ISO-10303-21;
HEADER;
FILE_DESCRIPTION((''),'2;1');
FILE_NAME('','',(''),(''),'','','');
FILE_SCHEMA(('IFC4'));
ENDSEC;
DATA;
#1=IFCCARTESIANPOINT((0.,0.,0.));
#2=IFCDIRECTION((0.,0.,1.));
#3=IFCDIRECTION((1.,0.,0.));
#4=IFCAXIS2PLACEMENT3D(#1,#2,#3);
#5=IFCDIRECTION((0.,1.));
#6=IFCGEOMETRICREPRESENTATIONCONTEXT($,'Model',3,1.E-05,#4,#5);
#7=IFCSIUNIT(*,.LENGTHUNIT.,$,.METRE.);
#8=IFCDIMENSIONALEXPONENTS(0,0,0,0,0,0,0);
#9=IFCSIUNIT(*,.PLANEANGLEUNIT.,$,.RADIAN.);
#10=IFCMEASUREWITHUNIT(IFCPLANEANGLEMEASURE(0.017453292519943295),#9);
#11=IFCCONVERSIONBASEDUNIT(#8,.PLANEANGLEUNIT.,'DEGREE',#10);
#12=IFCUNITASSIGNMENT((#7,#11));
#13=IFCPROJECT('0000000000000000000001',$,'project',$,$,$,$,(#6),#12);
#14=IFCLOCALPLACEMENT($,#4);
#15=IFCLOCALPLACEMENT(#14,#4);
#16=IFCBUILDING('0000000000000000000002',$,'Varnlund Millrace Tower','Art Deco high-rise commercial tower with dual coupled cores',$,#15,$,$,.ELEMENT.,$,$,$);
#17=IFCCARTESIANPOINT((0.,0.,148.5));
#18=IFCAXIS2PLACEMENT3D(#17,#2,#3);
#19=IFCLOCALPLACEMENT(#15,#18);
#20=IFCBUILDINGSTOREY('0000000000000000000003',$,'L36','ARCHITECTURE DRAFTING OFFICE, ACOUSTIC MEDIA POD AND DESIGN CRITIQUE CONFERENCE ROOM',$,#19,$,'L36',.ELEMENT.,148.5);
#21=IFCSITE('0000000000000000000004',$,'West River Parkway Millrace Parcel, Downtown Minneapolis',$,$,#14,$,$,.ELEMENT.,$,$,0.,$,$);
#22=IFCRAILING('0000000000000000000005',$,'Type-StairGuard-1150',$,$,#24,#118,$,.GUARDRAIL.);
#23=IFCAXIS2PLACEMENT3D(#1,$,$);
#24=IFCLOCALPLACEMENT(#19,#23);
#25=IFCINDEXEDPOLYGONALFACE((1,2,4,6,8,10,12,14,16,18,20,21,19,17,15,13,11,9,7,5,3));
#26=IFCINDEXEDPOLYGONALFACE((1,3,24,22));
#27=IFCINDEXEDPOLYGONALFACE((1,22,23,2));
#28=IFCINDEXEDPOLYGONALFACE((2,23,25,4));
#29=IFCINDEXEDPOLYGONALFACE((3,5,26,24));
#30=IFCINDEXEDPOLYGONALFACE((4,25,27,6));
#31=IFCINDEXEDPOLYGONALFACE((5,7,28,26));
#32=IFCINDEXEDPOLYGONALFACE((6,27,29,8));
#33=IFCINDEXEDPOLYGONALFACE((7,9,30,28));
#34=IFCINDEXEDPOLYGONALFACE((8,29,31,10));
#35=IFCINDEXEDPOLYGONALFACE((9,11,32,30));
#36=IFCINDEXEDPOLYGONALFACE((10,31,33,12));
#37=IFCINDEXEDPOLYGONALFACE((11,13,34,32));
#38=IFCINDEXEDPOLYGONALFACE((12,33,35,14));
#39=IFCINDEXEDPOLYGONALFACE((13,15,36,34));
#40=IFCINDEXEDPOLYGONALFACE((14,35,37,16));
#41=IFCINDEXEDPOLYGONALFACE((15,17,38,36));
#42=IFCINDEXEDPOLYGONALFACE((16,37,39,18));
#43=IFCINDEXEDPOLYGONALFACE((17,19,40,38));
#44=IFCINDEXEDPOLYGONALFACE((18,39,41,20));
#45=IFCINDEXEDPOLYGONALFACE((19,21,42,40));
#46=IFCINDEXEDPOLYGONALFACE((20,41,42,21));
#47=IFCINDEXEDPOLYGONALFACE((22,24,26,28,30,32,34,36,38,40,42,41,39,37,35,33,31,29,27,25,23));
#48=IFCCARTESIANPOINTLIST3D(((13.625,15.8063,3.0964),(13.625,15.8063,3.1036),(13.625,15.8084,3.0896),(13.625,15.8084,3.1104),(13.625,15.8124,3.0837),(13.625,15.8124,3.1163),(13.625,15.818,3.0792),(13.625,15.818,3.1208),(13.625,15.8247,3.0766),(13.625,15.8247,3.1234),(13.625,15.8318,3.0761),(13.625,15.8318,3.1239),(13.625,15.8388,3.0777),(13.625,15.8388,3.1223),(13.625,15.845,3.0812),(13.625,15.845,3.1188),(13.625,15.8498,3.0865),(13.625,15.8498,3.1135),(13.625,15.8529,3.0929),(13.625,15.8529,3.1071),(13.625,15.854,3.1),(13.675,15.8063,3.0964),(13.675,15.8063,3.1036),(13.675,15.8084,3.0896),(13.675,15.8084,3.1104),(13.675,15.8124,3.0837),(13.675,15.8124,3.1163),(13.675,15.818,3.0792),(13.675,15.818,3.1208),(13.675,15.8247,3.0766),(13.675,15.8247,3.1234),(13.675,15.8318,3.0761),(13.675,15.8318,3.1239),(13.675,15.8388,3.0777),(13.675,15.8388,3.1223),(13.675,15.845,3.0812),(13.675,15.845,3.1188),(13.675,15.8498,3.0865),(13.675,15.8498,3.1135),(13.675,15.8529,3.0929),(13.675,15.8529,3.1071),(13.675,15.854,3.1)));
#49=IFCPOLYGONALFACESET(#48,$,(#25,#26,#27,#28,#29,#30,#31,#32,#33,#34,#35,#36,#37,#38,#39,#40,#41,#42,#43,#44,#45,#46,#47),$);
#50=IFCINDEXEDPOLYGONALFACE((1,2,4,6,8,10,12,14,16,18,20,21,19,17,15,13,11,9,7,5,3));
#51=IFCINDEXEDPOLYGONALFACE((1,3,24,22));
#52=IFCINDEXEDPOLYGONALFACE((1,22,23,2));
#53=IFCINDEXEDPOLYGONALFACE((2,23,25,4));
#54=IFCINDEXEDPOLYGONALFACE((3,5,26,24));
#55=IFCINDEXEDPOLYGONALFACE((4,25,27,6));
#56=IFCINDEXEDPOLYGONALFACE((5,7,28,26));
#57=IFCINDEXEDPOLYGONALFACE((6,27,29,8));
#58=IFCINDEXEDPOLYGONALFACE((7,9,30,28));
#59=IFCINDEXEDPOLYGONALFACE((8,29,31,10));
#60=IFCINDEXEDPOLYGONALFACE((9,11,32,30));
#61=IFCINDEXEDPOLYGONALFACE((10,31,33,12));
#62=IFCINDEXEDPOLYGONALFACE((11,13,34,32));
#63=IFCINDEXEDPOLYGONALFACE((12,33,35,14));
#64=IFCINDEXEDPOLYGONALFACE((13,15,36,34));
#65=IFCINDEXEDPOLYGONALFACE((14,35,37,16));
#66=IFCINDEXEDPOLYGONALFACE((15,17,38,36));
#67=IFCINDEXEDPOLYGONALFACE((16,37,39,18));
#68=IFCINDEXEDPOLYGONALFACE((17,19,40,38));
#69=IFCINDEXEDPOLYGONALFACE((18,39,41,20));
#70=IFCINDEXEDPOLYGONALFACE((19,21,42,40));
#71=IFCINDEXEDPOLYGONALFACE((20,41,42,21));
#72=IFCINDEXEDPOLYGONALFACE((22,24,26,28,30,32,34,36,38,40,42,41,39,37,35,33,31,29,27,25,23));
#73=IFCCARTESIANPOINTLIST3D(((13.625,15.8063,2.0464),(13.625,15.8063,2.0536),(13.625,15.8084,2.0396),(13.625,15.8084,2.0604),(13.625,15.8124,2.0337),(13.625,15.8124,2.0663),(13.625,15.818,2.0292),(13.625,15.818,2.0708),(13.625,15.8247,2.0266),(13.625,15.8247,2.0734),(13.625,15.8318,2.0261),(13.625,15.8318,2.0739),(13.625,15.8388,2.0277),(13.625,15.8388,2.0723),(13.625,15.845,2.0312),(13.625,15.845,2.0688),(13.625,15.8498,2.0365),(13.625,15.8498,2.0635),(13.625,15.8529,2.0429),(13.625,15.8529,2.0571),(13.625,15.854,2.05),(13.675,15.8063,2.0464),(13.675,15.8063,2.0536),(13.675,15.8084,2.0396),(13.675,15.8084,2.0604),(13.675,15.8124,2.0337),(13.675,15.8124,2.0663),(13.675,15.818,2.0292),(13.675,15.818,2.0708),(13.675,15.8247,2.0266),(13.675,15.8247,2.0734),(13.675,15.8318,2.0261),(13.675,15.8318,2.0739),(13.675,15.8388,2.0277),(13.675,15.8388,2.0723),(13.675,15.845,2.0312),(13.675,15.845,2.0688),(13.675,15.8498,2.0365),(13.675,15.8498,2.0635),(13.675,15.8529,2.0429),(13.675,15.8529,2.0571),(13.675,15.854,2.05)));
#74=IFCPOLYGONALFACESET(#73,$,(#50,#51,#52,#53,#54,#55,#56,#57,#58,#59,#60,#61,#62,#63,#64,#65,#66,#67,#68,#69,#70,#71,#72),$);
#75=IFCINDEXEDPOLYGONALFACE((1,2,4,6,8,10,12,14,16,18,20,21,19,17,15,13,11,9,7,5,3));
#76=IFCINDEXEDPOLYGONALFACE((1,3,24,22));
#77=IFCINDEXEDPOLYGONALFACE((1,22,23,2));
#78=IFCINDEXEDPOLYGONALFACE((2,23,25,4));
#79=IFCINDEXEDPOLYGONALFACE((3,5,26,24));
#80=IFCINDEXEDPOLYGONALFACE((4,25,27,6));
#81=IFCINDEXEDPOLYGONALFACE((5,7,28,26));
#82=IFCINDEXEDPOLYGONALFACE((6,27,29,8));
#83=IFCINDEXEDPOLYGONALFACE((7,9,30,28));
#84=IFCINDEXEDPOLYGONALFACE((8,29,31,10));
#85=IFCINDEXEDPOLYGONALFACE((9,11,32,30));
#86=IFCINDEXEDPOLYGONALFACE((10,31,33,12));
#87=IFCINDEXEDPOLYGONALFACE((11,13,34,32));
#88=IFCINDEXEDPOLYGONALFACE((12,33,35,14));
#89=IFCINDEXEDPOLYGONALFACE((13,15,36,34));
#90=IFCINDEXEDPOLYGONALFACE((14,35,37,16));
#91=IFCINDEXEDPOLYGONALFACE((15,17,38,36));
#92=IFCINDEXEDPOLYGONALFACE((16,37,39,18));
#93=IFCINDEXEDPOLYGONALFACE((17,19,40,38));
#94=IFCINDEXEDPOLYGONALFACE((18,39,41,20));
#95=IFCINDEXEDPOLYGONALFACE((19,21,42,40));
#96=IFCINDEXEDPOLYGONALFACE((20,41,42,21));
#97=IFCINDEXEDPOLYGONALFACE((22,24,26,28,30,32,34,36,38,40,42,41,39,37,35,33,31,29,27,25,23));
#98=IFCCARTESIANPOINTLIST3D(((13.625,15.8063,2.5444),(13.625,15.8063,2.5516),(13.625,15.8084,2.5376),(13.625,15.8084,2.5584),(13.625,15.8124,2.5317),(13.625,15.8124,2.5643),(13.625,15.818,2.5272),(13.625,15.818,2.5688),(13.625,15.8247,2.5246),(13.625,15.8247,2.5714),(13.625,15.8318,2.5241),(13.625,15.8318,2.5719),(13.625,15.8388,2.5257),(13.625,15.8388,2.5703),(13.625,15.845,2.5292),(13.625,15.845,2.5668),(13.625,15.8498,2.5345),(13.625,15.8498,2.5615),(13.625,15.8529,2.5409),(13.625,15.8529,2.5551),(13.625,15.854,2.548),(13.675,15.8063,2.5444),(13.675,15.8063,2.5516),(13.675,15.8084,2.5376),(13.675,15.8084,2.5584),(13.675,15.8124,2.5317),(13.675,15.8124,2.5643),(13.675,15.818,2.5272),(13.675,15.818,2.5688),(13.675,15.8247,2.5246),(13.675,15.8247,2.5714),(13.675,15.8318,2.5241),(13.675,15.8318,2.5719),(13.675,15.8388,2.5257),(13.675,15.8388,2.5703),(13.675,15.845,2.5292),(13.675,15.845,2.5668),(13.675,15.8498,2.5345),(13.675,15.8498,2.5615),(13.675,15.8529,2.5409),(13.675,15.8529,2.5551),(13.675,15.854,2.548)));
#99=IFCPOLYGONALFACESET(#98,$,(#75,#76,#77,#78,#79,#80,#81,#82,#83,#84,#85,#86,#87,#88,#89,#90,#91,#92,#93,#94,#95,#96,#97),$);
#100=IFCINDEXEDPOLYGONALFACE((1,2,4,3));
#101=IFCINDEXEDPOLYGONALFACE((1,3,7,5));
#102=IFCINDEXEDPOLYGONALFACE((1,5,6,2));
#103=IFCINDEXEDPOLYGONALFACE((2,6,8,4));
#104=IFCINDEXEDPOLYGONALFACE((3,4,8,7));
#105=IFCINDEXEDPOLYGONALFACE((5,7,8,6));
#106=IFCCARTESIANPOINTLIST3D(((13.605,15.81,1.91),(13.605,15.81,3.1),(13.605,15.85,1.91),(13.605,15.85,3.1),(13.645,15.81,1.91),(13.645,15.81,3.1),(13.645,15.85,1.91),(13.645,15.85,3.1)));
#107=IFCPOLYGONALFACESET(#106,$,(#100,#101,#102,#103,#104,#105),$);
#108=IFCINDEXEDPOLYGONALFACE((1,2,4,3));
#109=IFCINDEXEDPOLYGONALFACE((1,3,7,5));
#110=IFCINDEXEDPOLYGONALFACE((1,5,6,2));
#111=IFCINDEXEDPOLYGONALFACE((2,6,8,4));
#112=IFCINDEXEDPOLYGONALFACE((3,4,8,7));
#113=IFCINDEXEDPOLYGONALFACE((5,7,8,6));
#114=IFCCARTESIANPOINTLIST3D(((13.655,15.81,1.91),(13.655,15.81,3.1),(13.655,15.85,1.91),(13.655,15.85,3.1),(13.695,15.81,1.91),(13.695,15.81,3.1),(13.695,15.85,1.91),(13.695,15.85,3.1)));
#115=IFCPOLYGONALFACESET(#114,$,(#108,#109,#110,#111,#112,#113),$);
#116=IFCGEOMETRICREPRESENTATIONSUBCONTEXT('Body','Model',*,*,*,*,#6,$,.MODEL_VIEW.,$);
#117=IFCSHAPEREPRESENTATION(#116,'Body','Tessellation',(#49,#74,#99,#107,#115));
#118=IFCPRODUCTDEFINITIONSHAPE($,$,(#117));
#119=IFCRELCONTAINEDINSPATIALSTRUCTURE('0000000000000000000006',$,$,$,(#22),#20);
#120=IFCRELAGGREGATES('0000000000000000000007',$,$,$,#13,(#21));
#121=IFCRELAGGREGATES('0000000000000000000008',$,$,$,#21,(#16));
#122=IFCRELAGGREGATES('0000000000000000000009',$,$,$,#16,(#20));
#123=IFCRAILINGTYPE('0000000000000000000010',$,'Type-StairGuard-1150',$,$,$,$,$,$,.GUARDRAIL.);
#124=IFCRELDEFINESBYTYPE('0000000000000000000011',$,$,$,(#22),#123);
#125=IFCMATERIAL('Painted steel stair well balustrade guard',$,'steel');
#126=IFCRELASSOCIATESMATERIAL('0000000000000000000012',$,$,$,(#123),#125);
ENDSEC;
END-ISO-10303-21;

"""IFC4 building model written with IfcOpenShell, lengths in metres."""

from ifc_helpers import new_model, entity, si_unit, converted_unit, direction, frame, origin_with_axes, origin_2d_with_axis, place, context, subcontext, project, spatial, rectangle, circle, extrude, material, type_object, element, save


model = new_model("IFC4")

# Units and contexts
model_context = context("Model", 3, precision=1e-05, world=origin_with_axes(), true_north=direction((0.0, 1.0)))
body_context = subcontext(model_context, "Body", "Model", "MODEL_VIEW")
ifc_project = project(units=[si_unit("LENGTHUNIT", "METRE"), converted_unit("PLANEANGLEUNIT", "DEGREE", entity("IfcPlaneAngleMeasure", 0.017453292519943295), si_unit("PLANEANGLEUNIT", "RADIAN"), dimensions=[0, 0, 0, 0, 0, 0, 0])], contexts=[model_context])

# Site, building, storey
site_placement = place(None, origin_with_axes())
site = spatial("IfcSite", under=ifc_project, at=site_placement, Name="West River Parkway Millrace Parcel, Downtown Minneapolis", CompositionType="ELEMENT", RefElevation=0.0)
building_placement = place(site_placement, origin_with_axes())
building = spatial("IfcBuilding", under=site, at=building_placement, Name="Varnlund Millrace Tower", Description="Art Deco high-rise commercial tower with dual coupled cores", CompositionType="ELEMENT")
storey_placement = place(building_placement, frame((0.0, 0.0, 148.5), z_axis=(0.0, 0.0, 1.0), x_axis=(1.0, 0.0, 0.0)))
storey = spatial("IfcBuildingStorey", under=building, at=storey_placement, Name="L36", Description="ARCHITECTURE DRAFTING OFFICE, ACOUSTIC MEDIA POD AND DESIGN CRITIQUE CONFERENCE ROOM", LongName="L36", CompositionType="ELEMENT", Elevation=148.5)

# Railing
ifc_material_1 = material(Name="Painted steel stair well balustrade guard", Category="steel")
railing_type_1 = type_object("IfcRailingType", Name="Type-StairGuard-1150", PredefinedType="GUARDRAIL", material=ifc_material_1)
railing_1_placement = place(storey_placement, frame((0.0, 0.0, -148.5), z_axis=(0.0, 0.0, 1.0), x_axis=(1.0, 0.0, 0.0)))
element("IfcRailing", 1, at=railing_1_placement, inside=storey, type_object=railing_type_1, Name="Type-StairGuard-1150", PredefinedType="GUARDRAIL", context=body_context, shape_type="SweptSolid", body=[
    extrude(circle(Radius=0.024, at=origin_2d_with_axis()), frame((13.625, 15.83, 151.6), z_axis=(1.0, 0.0, 0.0), x_axis=(0.0, 1.0, 0.0)), (0.0, 0.0, 1.0), 0.05),
    extrude(circle(Radius=0.024, at=origin_2d_with_axis()), frame((13.625, 15.83, 150.55), z_axis=(1.0, 0.0, 0.0), x_axis=(0.0, 1.0, 0.0)), (0.0, 0.0, 1.0), 0.05),
    extrude(circle(Radius=0.024, at=origin_2d_with_axis()), frame((13.625, 15.83, 151.048), z_axis=(1.0, 0.0, 0.0), x_axis=(0.0, 1.0, 0.0)), (0.0, 0.0, 1.0), 0.05),
    extrude(rectangle(XDim=0.04, YDim=0.04, at=origin_2d_with_axis()), frame((13.625, 15.83, 150.41), z_axis=(0.0, 0.0, 1.0), x_axis=(1.0, 0.0, 0.0)), (0.0, 0.0, 1.0), 1.19),
    extrude(rectangle(XDim=0.04, YDim=0.04, at=origin_2d_with_axis()), frame((13.675, 15.83, 150.41), z_axis=(0.0, 0.0, 1.0), x_axis=(1.0, 0.0, 0.0)), (0.0, 0.0, 1.0), 1.19),
])

save(model, "model.ifc")
